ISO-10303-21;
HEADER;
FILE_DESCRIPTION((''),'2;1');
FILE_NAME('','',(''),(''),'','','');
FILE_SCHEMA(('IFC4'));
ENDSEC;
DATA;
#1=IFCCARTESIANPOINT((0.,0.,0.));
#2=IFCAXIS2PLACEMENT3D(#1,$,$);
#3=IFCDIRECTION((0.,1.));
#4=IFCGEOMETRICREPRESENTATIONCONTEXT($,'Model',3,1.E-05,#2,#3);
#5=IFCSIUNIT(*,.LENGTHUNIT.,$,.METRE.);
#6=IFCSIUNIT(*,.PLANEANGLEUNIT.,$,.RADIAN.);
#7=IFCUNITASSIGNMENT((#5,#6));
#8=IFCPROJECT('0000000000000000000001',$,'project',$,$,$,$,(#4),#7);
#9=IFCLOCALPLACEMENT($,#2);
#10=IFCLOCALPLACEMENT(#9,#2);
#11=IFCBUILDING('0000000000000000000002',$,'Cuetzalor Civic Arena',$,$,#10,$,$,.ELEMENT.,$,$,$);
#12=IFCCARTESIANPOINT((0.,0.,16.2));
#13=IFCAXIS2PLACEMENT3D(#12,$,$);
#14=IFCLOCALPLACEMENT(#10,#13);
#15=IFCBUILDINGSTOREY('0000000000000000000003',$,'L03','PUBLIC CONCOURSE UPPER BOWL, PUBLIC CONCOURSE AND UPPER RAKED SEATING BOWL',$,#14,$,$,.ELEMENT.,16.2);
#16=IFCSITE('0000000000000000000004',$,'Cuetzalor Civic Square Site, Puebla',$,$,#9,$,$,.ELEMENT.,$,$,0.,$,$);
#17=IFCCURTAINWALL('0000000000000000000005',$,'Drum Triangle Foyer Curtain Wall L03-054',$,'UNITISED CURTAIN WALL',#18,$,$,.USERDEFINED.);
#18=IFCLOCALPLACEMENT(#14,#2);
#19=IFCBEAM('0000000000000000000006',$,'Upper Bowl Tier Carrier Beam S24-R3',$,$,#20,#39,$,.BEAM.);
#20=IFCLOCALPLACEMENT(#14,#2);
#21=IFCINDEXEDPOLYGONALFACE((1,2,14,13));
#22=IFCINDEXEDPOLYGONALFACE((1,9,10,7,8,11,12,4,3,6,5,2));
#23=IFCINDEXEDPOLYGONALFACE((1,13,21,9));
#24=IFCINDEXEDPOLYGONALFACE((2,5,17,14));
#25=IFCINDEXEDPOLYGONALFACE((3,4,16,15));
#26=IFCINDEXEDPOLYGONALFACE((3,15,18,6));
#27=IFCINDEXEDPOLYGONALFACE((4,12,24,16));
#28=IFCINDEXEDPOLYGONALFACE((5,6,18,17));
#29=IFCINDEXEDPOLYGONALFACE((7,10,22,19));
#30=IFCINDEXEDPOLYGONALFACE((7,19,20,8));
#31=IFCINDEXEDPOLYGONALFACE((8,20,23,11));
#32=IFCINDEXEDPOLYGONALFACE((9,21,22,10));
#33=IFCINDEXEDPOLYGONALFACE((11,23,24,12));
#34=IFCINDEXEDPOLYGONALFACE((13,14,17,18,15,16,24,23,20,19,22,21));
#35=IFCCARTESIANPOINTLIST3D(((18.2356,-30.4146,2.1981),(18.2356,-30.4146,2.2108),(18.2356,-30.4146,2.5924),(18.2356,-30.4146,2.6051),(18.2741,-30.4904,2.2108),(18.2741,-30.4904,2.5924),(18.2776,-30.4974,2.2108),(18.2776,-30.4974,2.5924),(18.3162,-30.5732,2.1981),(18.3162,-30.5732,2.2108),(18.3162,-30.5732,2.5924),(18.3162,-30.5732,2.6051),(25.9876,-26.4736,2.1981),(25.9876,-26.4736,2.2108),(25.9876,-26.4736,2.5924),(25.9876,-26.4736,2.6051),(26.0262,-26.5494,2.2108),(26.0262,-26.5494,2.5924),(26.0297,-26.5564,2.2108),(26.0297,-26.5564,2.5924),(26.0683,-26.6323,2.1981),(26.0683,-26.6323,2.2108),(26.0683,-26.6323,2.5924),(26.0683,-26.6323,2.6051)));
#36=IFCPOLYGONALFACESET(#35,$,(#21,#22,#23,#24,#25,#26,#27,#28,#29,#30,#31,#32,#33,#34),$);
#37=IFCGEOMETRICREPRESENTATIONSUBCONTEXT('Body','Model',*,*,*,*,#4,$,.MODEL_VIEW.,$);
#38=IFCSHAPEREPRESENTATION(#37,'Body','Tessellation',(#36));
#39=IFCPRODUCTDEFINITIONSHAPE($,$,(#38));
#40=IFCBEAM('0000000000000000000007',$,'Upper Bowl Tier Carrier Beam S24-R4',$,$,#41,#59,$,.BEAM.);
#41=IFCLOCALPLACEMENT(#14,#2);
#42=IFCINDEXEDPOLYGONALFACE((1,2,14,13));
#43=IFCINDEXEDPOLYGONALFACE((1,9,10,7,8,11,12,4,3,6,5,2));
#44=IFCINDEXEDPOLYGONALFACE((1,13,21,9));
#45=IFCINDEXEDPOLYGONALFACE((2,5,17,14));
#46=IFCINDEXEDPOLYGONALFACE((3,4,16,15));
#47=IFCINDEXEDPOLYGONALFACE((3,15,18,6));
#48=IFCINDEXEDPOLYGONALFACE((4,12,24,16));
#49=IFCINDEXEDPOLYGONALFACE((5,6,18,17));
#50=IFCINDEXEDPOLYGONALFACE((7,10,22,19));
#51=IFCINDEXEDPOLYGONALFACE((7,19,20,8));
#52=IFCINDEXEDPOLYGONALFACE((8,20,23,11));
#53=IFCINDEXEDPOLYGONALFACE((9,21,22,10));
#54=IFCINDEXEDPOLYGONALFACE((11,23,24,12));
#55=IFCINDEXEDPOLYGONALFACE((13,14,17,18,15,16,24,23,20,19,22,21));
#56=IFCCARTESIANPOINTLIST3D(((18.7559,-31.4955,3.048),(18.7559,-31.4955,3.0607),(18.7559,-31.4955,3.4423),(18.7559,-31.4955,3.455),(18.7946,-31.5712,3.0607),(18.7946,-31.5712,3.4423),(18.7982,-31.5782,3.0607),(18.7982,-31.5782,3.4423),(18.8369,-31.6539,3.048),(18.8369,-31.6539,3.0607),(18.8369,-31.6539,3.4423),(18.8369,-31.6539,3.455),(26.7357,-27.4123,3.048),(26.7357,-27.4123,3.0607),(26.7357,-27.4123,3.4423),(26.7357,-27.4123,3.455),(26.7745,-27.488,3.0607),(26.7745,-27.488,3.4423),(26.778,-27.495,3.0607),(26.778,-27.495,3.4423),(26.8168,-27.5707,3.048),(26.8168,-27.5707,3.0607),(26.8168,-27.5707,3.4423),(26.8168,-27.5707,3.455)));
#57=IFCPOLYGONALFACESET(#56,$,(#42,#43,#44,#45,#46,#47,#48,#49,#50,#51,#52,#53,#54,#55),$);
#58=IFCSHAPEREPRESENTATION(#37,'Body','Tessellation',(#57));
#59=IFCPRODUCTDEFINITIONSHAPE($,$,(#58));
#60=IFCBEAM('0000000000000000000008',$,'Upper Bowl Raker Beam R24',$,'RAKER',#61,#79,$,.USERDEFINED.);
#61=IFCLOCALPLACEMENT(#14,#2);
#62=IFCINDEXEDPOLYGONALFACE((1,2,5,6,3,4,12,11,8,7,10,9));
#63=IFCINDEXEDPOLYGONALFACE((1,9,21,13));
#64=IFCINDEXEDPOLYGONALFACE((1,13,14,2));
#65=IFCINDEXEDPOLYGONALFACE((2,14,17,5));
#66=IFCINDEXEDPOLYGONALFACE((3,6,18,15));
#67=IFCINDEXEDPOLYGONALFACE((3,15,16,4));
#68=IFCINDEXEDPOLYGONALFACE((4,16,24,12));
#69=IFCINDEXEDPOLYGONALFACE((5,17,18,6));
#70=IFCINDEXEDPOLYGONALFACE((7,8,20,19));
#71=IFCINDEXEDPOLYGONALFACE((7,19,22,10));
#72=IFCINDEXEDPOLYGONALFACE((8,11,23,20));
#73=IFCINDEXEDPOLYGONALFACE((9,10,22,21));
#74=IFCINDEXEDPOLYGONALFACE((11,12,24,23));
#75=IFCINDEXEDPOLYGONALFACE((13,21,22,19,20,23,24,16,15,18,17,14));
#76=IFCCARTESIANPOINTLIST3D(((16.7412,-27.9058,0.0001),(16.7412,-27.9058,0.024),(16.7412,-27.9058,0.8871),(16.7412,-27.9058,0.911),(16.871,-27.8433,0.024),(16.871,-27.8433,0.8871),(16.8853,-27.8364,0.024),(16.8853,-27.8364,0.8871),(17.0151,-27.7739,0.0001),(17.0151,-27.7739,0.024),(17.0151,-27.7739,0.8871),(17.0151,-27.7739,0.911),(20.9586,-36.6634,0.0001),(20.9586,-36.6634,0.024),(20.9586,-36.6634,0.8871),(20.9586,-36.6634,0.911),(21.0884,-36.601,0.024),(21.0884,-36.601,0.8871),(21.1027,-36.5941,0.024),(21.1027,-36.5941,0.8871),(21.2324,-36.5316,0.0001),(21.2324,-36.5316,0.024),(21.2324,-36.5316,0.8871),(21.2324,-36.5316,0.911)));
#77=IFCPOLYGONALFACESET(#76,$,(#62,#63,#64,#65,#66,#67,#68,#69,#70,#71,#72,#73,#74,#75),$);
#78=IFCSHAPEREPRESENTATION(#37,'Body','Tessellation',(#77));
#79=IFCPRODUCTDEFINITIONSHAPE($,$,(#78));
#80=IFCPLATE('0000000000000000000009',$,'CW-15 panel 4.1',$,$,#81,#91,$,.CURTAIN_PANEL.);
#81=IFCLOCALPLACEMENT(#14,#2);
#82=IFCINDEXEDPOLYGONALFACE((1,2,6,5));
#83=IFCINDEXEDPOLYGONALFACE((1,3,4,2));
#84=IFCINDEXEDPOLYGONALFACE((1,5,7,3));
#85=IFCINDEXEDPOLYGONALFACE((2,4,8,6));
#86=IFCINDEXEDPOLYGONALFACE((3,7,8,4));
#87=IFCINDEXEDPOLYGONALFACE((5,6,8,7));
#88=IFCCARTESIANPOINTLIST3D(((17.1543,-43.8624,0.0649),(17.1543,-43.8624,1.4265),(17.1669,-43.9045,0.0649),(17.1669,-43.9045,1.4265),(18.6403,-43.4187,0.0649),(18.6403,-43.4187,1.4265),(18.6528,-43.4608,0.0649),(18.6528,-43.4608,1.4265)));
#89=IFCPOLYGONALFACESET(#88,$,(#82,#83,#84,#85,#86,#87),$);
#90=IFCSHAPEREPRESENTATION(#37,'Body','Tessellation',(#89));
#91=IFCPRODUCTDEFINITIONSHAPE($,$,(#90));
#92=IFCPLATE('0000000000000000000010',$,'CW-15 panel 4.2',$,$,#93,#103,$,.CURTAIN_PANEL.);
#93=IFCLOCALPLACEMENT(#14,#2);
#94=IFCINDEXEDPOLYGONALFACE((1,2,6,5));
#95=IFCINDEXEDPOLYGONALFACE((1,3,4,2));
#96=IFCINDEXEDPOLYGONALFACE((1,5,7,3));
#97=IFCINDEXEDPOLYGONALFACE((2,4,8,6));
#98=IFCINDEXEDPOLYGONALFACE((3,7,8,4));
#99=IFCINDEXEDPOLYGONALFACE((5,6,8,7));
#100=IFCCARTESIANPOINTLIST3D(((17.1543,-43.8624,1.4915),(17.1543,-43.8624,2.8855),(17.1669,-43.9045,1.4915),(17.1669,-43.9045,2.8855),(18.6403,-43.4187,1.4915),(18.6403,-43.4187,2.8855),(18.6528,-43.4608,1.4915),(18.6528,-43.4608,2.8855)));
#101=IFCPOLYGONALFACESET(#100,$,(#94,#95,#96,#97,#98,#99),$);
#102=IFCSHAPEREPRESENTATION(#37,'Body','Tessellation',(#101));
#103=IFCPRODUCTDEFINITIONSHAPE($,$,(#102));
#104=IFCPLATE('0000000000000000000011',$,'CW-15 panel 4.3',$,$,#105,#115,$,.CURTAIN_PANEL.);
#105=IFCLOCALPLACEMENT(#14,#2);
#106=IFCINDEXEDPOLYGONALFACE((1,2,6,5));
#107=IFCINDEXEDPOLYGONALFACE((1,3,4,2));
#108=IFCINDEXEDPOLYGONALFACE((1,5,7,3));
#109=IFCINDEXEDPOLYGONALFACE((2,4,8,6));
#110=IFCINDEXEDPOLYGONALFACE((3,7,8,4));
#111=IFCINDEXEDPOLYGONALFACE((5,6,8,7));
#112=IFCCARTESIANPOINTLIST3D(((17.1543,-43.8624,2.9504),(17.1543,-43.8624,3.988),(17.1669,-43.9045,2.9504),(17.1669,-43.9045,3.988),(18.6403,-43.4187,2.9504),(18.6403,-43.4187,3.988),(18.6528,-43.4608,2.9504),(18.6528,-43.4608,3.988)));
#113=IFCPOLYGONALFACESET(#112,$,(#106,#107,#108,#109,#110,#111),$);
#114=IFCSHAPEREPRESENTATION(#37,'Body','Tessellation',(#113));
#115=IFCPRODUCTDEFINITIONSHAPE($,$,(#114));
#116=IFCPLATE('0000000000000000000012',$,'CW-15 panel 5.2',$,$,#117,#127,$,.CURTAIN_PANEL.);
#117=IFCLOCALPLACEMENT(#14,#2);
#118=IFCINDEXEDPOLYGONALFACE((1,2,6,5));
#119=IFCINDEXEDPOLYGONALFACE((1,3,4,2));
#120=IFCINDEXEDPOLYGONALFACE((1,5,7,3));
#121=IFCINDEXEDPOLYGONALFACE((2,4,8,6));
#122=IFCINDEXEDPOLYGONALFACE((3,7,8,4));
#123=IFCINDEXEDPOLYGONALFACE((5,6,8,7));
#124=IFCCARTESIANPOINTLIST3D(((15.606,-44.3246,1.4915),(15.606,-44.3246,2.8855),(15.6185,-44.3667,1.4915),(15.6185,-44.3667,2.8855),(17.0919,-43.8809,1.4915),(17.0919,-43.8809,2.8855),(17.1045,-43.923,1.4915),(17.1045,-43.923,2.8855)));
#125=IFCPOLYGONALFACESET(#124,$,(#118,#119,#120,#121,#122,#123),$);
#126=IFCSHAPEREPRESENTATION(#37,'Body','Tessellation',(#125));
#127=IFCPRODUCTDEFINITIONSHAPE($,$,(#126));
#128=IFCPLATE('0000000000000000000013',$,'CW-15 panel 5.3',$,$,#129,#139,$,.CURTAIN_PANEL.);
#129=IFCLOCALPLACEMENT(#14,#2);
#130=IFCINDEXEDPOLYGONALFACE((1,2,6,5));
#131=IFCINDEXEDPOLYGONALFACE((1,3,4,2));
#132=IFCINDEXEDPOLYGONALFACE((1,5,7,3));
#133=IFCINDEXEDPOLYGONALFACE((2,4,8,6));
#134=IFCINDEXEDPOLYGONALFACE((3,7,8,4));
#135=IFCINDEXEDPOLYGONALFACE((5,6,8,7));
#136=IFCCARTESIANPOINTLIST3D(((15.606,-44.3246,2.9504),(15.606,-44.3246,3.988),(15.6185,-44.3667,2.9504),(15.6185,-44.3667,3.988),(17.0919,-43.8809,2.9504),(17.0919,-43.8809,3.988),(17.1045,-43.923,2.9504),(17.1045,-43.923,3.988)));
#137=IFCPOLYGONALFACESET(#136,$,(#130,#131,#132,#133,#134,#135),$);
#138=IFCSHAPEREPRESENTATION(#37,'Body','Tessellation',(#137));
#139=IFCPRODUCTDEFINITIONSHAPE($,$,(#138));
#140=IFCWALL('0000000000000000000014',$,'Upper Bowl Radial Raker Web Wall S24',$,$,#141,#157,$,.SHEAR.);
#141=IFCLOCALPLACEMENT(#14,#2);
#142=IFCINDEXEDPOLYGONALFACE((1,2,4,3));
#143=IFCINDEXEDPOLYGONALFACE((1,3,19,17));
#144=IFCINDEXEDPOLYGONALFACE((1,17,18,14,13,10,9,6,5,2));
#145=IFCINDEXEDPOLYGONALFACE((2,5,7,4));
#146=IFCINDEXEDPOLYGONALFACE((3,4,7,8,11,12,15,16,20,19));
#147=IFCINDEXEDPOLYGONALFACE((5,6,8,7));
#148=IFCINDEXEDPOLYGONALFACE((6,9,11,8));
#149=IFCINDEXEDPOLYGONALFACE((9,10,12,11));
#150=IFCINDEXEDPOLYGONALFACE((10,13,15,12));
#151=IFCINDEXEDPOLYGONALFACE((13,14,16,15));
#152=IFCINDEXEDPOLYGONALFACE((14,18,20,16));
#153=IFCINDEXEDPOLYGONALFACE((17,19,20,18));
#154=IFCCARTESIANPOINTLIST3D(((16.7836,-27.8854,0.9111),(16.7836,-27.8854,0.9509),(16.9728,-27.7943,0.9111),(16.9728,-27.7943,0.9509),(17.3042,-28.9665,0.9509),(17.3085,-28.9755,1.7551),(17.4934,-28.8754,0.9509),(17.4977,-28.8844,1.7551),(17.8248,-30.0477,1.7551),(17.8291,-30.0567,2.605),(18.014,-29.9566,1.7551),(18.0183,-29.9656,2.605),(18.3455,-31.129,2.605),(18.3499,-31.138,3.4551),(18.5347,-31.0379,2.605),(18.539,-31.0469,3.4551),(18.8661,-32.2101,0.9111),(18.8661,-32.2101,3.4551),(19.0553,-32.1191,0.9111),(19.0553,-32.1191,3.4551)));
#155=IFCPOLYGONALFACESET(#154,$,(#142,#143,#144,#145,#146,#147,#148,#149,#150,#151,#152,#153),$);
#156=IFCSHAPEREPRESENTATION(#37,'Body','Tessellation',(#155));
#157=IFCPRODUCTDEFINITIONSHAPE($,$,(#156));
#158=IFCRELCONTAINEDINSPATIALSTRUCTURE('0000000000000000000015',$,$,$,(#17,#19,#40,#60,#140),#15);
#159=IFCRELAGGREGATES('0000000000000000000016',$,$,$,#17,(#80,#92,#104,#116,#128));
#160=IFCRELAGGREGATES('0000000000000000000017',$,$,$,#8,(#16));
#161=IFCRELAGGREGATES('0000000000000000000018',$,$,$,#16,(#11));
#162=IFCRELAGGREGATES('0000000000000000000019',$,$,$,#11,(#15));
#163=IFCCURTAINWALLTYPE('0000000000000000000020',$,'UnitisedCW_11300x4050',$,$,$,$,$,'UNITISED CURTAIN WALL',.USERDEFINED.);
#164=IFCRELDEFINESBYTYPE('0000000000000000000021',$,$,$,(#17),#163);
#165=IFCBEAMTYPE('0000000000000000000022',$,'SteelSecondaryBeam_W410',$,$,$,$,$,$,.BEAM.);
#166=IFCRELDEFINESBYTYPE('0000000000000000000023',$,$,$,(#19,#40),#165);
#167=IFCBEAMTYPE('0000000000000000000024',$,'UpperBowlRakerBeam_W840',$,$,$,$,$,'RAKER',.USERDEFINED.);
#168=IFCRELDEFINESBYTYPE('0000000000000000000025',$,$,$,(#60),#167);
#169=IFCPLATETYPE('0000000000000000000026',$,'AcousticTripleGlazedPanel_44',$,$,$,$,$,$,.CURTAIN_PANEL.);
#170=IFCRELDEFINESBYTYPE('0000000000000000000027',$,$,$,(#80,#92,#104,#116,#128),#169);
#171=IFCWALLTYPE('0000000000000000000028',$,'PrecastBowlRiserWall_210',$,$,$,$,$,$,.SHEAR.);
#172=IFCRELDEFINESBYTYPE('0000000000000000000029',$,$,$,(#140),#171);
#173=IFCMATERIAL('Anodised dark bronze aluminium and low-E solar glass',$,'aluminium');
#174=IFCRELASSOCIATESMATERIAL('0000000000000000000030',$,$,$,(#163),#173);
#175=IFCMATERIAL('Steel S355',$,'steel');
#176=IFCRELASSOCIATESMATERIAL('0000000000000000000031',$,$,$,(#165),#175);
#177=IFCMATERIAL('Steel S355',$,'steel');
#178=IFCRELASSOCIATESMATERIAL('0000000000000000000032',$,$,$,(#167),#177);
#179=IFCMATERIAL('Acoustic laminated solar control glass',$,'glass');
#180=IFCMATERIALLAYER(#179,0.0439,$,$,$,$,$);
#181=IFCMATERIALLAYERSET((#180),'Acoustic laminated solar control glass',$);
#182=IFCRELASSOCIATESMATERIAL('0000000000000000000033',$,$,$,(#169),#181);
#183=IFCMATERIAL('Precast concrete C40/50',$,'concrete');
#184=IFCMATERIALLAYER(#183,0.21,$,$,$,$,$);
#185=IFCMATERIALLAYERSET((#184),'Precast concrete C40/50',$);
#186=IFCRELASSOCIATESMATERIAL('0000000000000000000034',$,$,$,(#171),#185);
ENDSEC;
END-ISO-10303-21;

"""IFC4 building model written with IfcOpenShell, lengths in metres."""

from ifc_helpers import new_model, si_unit, direction, frame, origin, origin_2d, place, context, subcontext, project, spatial, polyline, rectangle, i_section, outline, extrude, material, layer, layer_set, material_profile, profile_set, type_object, element, aggregate, save


model = new_model("IFC4")

# Units and contexts
model_context = context("Model", 3, precision=1e-05, world=origin(), true_north=direction((0.0, 1.0)))
body_context = subcontext(model_context, "Body", "Model", "MODEL_VIEW")
ifc_project = project(units=[si_unit("LENGTHUNIT", "METRE"), si_unit("PLANEANGLEUNIT", "RADIAN")], contexts=[model_context])

# Site, building, storey
site_placement = place(None, origin())
site = spatial("IfcSite", under=ifc_project, at=site_placement, Name="Cuetzalor Civic Square Site, Puebla", CompositionType="ELEMENT", RefElevation=0.0)
building_placement = place(site_placement, origin())
building = spatial("IfcBuilding", under=site, at=building_placement, Name="Cuetzalor Civic Arena", CompositionType="ELEMENT")
storey_placement = place(building_placement, frame((0.0, 0.0, 16.2)))
storey = spatial("IfcBuildingStorey", under=building, at=storey_placement, Name="L03", Description="PUBLIC CONCOURSE UPPER BOWL, PUBLIC CONCOURSE AND UPPER RAKED SEATING BOWL", CompositionType="ELEMENT", Elevation=16.2)

# Curtain wall
ifc_material_1 = material(Name="Anodised dark bronze aluminium and low-E solar glass", Category="aluminium")
curtain_wall_type = type_object("IfcCurtainWallType", Name="UnitisedCW_11300x4050", ElementType="UNITISED CURTAIN WALL", PredefinedType="USERDEFINED", material=ifc_material_1)
curtain_wall_placement = place(storey_placement, origin())
curtain_wall = element("IfcCurtainWall", 1, at=curtain_wall_placement, inside=storey, type_object=curtain_wall_type, Name="Drum Triangle Foyer Curtain Wall L03-054", ObjectType="UNITISED CURTAIN WALL", PredefinedType="USERDEFINED")

# Beams
ifc_material_2 = material(Name="Steel S355", Category="steel")
ifc_material_profile_1 = material_profile(ifc_material_2, i_section(OverallWidth=0.178, OverallDepth=0.407, WebThickness=0.0078, FlangeThickness=0.0127, at=origin_2d()), Name="W410x60")
ifc_profile_set_1 = profile_set([ifc_material_profile_1], Name="Steel S355")
beam_type_1 = type_object("IfcBeamType", Name="SteelSecondaryBeam_W410", PredefinedType="BEAM", material=ifc_profile_set_1)
beam_1_placement = place(storey_placement, frame((18.2759, -30.4939, 2.4016), z_axis=(0.89142, 0.453178, 0.0), x_axis=(-0.453178, 0.89142, 0.0)))
element("IfcBeam", 2, at=beam_1_placement, inside=storey, type_object=beam_type_1, Name="Upper Bowl Tier Carrier Beam S24-R3", PredefinedType="BEAM", context=body_context, shape_type="SweptSolid", body=[
    extrude(i_section(OverallWidth=0.178, OverallDepth=0.407, WebThickness=0.0078, FlangeThickness=0.0127, at=origin_2d()), origin(), (0.0, 0.0, 1.0), 8.6963),
])
beam_2_placement = place(storey_placement, frame((18.7964, -31.5747, 3.2515), z_axis=(0.890227, 0.455517, 0.0), x_axis=(-0.455517, 0.890227, 0.0)))
element("IfcBeam", 3, at=beam_2_placement, inside=storey, type_object=beam_type_1, Name="Upper Bowl Tier Carrier Beam S24-R4", PredefinedType="BEAM", context=body_context, shape_type="SweptSolid", body=[
    extrude(i_section(OverallWidth=0.178, OverallDepth=0.407, WebThickness=0.0078, FlangeThickness=0.0127, at=origin_2d()), origin(), (0.0, 0.0, 1.0), 8.9639),
])
ifc_material_3 = material(Name="Steel S355", Category="steel")
ifc_material_profile_2 = material_profile(ifc_material_3, i_section(OverallWidth=0.304, OverallDepth=0.9109, WebThickness=0.0159, FlangeThickness=0.0239, at=origin_2d()), Name="W920x223")
ifc_profile_set_2 = profile_set([ifc_material_profile_2], Name="Steel S355")
beam_type_2 = type_object("IfcBeamType", Name="UpperBowlRakerBeam_W840", ElementType="RAKER", PredefinedType="USERDEFINED", material=ifc_profile_set_2)
beam_3_placement = place(storey_placement, frame((16.8782, -27.8398, 0.4556), z_axis=(0.433872, -0.900974, 0.0), x_axis=(0.900974, 0.433872, 0.0)))
element("IfcBeam", 4, at=beam_3_placement, inside=storey, type_object=beam_type_2, Name="Upper Bowl Raker Beam R24", ObjectType="RAKER", PredefinedType="USERDEFINED", context=body_context, shape_type="SweptSolid", body=[
    extrude(i_section(OverallWidth=0.304, OverallDepth=0.9109, WebThickness=0.0159, FlangeThickness=0.0239, at=origin_2d()), origin(), (0.0, 0.0, 1.0), 9.7202),
])

# Plates
ifc_material_4 = material(Name="Acoustic laminated solar control glass", Category="glass")
ifc_layer_1 = layer(ifc_material_4, 0.0439)
ifc_layer_set_1 = layer_set([ifc_layer_1], Name="Acoustic laminated solar control glass")
plate_type = type_object("IfcPlateType", Name="AcousticTripleGlazedPanel_44", PredefinedType="CURTAIN_PANEL", material=ifc_layer_set_1)
plate_1_placement = place(storey_placement, frame((17.9036, -43.6616, 0.0649), z_axis=(0.0, 0.0, 1.0), x_axis=(-0.958194, -0.28612, 0.0)))
plate_1 = element("IfcPlate", 5, at=plate_1_placement, type_object=plate_type, Name="CW-15 panel 4.1", PredefinedType="CURTAIN_PANEL", context=body_context, shape_type="SweptSolid", body=[
    extrude(rectangle(XDim=1.5508, YDim=0.0439, at=origin_2d()), origin(), (0.0, 0.0, 1.0), 1.3616),
])
plate_2_placement = place(storey_placement, frame((17.9036, -43.6616, 1.4915), z_axis=(0.0, 0.0, 1.0), x_axis=(-0.958194, -0.28612, 0.0)))
plate_2 = element("IfcPlate", 6, at=plate_2_placement, type_object=plate_type, Name="CW-15 panel 4.2", PredefinedType="CURTAIN_PANEL", context=body_context, shape_type="SweptSolid", body=[
    extrude(rectangle(XDim=1.5508, YDim=0.0439, at=origin_2d()), origin(), (0.0, 0.0, 1.0), 1.394),
])
plate_3_placement = place(storey_placement, frame((17.9036, -43.6616, 2.9504), z_axis=(0.0, 0.0, 1.0), x_axis=(-0.958194, -0.28612, 0.0)))
plate_3 = element("IfcPlate", 7, at=plate_3_placement, type_object=plate_type, Name="CW-15 panel 4.3", PredefinedType="CURTAIN_PANEL", context=body_context, shape_type="SweptSolid", body=[
    extrude(rectangle(XDim=1.5508, YDim=0.0439, at=origin_2d()), origin(), (0.0, 0.0, 1.0), 1.0376),
])
plate_4_placement = place(storey_placement, frame((16.3552, -44.1238, 1.4915), z_axis=(0.0, 0.0, 1.0), x_axis=(-0.958194, -0.28612, 0.0)))
plate_4 = element("IfcPlate", 8, at=plate_4_placement, type_object=plate_type, Name="CW-15 panel 5.2", PredefinedType="CURTAIN_PANEL", context=body_context, shape_type="SweptSolid", body=[
    extrude(rectangle(XDim=1.5508, YDim=0.0439, at=origin_2d()), origin(), (0.0, 0.0, 1.0), 1.394),
])
plate_5_placement = place(storey_placement, frame((16.3552, -44.1238, 2.9504), z_axis=(0.0, 0.0, 1.0), x_axis=(-0.958194, -0.28612, 0.0)))
plate_5 = element("IfcPlate", 9, at=plate_5_placement, type_object=plate_type, Name="CW-15 panel 5.3", PredefinedType="CURTAIN_PANEL", context=body_context, shape_type="SweptSolid", body=[
    extrude(rectangle(XDim=1.5508, YDim=0.0439, at=origin_2d()), origin(), (0.0, 0.0, 1.0), 1.0376),
])
aggregate(curtain_wall, [plate_1, plate_2, plate_3, plate_4, plate_5])

# Wall
ifc_material_5 = material(Name="Precast concrete C40/50", Category="concrete")
ifc_layer_2 = layer(ifc_material_5, 0.21)
ifc_layer_set_2 = layer_set([ifc_layer_2], Name="Precast concrete C40/50")
wall_type = type_object("IfcWallType", Name="PrecastBowlRiserWall_210", PredefinedType="SHEAR", material=ifc_layer_set_2)
wall_placement = place(storey_placement, frame((16.8782, -27.8398, 0.9111), z_axis=(0.0, 0.0, 1.0), x_axis=(0.433858, -0.900981, 0.0)))
element("IfcWall", 10, at=wall_placement, inside=storey, type_object=wall_type, Name="Upper Bowl Radial Raker Web Wall S24", PredefinedType="SHEAR", context=body_context, shape_type="SweptSolid", body=[
    extrude(outline(polyline([(0.0, 0.0), (4.8, 0.0), (4.8, 2.5439), (3.6101, 2.5439), (3.6001, 1.6938), (2.4099, 1.6938), (2.3999, 0.844), (1.21, 0.844), (1.2, 0.0398), (0.0, 0.0398), (0.0, 0.0)])), frame((0.0, 0.105, 0.0), z_axis=(0.0, -1.0, 0.0), x_axis=(1.0, 0.0, 0.0)), (0.0, 0.0, 1.0), 0.21),
])

save(model, "model.ifc")
